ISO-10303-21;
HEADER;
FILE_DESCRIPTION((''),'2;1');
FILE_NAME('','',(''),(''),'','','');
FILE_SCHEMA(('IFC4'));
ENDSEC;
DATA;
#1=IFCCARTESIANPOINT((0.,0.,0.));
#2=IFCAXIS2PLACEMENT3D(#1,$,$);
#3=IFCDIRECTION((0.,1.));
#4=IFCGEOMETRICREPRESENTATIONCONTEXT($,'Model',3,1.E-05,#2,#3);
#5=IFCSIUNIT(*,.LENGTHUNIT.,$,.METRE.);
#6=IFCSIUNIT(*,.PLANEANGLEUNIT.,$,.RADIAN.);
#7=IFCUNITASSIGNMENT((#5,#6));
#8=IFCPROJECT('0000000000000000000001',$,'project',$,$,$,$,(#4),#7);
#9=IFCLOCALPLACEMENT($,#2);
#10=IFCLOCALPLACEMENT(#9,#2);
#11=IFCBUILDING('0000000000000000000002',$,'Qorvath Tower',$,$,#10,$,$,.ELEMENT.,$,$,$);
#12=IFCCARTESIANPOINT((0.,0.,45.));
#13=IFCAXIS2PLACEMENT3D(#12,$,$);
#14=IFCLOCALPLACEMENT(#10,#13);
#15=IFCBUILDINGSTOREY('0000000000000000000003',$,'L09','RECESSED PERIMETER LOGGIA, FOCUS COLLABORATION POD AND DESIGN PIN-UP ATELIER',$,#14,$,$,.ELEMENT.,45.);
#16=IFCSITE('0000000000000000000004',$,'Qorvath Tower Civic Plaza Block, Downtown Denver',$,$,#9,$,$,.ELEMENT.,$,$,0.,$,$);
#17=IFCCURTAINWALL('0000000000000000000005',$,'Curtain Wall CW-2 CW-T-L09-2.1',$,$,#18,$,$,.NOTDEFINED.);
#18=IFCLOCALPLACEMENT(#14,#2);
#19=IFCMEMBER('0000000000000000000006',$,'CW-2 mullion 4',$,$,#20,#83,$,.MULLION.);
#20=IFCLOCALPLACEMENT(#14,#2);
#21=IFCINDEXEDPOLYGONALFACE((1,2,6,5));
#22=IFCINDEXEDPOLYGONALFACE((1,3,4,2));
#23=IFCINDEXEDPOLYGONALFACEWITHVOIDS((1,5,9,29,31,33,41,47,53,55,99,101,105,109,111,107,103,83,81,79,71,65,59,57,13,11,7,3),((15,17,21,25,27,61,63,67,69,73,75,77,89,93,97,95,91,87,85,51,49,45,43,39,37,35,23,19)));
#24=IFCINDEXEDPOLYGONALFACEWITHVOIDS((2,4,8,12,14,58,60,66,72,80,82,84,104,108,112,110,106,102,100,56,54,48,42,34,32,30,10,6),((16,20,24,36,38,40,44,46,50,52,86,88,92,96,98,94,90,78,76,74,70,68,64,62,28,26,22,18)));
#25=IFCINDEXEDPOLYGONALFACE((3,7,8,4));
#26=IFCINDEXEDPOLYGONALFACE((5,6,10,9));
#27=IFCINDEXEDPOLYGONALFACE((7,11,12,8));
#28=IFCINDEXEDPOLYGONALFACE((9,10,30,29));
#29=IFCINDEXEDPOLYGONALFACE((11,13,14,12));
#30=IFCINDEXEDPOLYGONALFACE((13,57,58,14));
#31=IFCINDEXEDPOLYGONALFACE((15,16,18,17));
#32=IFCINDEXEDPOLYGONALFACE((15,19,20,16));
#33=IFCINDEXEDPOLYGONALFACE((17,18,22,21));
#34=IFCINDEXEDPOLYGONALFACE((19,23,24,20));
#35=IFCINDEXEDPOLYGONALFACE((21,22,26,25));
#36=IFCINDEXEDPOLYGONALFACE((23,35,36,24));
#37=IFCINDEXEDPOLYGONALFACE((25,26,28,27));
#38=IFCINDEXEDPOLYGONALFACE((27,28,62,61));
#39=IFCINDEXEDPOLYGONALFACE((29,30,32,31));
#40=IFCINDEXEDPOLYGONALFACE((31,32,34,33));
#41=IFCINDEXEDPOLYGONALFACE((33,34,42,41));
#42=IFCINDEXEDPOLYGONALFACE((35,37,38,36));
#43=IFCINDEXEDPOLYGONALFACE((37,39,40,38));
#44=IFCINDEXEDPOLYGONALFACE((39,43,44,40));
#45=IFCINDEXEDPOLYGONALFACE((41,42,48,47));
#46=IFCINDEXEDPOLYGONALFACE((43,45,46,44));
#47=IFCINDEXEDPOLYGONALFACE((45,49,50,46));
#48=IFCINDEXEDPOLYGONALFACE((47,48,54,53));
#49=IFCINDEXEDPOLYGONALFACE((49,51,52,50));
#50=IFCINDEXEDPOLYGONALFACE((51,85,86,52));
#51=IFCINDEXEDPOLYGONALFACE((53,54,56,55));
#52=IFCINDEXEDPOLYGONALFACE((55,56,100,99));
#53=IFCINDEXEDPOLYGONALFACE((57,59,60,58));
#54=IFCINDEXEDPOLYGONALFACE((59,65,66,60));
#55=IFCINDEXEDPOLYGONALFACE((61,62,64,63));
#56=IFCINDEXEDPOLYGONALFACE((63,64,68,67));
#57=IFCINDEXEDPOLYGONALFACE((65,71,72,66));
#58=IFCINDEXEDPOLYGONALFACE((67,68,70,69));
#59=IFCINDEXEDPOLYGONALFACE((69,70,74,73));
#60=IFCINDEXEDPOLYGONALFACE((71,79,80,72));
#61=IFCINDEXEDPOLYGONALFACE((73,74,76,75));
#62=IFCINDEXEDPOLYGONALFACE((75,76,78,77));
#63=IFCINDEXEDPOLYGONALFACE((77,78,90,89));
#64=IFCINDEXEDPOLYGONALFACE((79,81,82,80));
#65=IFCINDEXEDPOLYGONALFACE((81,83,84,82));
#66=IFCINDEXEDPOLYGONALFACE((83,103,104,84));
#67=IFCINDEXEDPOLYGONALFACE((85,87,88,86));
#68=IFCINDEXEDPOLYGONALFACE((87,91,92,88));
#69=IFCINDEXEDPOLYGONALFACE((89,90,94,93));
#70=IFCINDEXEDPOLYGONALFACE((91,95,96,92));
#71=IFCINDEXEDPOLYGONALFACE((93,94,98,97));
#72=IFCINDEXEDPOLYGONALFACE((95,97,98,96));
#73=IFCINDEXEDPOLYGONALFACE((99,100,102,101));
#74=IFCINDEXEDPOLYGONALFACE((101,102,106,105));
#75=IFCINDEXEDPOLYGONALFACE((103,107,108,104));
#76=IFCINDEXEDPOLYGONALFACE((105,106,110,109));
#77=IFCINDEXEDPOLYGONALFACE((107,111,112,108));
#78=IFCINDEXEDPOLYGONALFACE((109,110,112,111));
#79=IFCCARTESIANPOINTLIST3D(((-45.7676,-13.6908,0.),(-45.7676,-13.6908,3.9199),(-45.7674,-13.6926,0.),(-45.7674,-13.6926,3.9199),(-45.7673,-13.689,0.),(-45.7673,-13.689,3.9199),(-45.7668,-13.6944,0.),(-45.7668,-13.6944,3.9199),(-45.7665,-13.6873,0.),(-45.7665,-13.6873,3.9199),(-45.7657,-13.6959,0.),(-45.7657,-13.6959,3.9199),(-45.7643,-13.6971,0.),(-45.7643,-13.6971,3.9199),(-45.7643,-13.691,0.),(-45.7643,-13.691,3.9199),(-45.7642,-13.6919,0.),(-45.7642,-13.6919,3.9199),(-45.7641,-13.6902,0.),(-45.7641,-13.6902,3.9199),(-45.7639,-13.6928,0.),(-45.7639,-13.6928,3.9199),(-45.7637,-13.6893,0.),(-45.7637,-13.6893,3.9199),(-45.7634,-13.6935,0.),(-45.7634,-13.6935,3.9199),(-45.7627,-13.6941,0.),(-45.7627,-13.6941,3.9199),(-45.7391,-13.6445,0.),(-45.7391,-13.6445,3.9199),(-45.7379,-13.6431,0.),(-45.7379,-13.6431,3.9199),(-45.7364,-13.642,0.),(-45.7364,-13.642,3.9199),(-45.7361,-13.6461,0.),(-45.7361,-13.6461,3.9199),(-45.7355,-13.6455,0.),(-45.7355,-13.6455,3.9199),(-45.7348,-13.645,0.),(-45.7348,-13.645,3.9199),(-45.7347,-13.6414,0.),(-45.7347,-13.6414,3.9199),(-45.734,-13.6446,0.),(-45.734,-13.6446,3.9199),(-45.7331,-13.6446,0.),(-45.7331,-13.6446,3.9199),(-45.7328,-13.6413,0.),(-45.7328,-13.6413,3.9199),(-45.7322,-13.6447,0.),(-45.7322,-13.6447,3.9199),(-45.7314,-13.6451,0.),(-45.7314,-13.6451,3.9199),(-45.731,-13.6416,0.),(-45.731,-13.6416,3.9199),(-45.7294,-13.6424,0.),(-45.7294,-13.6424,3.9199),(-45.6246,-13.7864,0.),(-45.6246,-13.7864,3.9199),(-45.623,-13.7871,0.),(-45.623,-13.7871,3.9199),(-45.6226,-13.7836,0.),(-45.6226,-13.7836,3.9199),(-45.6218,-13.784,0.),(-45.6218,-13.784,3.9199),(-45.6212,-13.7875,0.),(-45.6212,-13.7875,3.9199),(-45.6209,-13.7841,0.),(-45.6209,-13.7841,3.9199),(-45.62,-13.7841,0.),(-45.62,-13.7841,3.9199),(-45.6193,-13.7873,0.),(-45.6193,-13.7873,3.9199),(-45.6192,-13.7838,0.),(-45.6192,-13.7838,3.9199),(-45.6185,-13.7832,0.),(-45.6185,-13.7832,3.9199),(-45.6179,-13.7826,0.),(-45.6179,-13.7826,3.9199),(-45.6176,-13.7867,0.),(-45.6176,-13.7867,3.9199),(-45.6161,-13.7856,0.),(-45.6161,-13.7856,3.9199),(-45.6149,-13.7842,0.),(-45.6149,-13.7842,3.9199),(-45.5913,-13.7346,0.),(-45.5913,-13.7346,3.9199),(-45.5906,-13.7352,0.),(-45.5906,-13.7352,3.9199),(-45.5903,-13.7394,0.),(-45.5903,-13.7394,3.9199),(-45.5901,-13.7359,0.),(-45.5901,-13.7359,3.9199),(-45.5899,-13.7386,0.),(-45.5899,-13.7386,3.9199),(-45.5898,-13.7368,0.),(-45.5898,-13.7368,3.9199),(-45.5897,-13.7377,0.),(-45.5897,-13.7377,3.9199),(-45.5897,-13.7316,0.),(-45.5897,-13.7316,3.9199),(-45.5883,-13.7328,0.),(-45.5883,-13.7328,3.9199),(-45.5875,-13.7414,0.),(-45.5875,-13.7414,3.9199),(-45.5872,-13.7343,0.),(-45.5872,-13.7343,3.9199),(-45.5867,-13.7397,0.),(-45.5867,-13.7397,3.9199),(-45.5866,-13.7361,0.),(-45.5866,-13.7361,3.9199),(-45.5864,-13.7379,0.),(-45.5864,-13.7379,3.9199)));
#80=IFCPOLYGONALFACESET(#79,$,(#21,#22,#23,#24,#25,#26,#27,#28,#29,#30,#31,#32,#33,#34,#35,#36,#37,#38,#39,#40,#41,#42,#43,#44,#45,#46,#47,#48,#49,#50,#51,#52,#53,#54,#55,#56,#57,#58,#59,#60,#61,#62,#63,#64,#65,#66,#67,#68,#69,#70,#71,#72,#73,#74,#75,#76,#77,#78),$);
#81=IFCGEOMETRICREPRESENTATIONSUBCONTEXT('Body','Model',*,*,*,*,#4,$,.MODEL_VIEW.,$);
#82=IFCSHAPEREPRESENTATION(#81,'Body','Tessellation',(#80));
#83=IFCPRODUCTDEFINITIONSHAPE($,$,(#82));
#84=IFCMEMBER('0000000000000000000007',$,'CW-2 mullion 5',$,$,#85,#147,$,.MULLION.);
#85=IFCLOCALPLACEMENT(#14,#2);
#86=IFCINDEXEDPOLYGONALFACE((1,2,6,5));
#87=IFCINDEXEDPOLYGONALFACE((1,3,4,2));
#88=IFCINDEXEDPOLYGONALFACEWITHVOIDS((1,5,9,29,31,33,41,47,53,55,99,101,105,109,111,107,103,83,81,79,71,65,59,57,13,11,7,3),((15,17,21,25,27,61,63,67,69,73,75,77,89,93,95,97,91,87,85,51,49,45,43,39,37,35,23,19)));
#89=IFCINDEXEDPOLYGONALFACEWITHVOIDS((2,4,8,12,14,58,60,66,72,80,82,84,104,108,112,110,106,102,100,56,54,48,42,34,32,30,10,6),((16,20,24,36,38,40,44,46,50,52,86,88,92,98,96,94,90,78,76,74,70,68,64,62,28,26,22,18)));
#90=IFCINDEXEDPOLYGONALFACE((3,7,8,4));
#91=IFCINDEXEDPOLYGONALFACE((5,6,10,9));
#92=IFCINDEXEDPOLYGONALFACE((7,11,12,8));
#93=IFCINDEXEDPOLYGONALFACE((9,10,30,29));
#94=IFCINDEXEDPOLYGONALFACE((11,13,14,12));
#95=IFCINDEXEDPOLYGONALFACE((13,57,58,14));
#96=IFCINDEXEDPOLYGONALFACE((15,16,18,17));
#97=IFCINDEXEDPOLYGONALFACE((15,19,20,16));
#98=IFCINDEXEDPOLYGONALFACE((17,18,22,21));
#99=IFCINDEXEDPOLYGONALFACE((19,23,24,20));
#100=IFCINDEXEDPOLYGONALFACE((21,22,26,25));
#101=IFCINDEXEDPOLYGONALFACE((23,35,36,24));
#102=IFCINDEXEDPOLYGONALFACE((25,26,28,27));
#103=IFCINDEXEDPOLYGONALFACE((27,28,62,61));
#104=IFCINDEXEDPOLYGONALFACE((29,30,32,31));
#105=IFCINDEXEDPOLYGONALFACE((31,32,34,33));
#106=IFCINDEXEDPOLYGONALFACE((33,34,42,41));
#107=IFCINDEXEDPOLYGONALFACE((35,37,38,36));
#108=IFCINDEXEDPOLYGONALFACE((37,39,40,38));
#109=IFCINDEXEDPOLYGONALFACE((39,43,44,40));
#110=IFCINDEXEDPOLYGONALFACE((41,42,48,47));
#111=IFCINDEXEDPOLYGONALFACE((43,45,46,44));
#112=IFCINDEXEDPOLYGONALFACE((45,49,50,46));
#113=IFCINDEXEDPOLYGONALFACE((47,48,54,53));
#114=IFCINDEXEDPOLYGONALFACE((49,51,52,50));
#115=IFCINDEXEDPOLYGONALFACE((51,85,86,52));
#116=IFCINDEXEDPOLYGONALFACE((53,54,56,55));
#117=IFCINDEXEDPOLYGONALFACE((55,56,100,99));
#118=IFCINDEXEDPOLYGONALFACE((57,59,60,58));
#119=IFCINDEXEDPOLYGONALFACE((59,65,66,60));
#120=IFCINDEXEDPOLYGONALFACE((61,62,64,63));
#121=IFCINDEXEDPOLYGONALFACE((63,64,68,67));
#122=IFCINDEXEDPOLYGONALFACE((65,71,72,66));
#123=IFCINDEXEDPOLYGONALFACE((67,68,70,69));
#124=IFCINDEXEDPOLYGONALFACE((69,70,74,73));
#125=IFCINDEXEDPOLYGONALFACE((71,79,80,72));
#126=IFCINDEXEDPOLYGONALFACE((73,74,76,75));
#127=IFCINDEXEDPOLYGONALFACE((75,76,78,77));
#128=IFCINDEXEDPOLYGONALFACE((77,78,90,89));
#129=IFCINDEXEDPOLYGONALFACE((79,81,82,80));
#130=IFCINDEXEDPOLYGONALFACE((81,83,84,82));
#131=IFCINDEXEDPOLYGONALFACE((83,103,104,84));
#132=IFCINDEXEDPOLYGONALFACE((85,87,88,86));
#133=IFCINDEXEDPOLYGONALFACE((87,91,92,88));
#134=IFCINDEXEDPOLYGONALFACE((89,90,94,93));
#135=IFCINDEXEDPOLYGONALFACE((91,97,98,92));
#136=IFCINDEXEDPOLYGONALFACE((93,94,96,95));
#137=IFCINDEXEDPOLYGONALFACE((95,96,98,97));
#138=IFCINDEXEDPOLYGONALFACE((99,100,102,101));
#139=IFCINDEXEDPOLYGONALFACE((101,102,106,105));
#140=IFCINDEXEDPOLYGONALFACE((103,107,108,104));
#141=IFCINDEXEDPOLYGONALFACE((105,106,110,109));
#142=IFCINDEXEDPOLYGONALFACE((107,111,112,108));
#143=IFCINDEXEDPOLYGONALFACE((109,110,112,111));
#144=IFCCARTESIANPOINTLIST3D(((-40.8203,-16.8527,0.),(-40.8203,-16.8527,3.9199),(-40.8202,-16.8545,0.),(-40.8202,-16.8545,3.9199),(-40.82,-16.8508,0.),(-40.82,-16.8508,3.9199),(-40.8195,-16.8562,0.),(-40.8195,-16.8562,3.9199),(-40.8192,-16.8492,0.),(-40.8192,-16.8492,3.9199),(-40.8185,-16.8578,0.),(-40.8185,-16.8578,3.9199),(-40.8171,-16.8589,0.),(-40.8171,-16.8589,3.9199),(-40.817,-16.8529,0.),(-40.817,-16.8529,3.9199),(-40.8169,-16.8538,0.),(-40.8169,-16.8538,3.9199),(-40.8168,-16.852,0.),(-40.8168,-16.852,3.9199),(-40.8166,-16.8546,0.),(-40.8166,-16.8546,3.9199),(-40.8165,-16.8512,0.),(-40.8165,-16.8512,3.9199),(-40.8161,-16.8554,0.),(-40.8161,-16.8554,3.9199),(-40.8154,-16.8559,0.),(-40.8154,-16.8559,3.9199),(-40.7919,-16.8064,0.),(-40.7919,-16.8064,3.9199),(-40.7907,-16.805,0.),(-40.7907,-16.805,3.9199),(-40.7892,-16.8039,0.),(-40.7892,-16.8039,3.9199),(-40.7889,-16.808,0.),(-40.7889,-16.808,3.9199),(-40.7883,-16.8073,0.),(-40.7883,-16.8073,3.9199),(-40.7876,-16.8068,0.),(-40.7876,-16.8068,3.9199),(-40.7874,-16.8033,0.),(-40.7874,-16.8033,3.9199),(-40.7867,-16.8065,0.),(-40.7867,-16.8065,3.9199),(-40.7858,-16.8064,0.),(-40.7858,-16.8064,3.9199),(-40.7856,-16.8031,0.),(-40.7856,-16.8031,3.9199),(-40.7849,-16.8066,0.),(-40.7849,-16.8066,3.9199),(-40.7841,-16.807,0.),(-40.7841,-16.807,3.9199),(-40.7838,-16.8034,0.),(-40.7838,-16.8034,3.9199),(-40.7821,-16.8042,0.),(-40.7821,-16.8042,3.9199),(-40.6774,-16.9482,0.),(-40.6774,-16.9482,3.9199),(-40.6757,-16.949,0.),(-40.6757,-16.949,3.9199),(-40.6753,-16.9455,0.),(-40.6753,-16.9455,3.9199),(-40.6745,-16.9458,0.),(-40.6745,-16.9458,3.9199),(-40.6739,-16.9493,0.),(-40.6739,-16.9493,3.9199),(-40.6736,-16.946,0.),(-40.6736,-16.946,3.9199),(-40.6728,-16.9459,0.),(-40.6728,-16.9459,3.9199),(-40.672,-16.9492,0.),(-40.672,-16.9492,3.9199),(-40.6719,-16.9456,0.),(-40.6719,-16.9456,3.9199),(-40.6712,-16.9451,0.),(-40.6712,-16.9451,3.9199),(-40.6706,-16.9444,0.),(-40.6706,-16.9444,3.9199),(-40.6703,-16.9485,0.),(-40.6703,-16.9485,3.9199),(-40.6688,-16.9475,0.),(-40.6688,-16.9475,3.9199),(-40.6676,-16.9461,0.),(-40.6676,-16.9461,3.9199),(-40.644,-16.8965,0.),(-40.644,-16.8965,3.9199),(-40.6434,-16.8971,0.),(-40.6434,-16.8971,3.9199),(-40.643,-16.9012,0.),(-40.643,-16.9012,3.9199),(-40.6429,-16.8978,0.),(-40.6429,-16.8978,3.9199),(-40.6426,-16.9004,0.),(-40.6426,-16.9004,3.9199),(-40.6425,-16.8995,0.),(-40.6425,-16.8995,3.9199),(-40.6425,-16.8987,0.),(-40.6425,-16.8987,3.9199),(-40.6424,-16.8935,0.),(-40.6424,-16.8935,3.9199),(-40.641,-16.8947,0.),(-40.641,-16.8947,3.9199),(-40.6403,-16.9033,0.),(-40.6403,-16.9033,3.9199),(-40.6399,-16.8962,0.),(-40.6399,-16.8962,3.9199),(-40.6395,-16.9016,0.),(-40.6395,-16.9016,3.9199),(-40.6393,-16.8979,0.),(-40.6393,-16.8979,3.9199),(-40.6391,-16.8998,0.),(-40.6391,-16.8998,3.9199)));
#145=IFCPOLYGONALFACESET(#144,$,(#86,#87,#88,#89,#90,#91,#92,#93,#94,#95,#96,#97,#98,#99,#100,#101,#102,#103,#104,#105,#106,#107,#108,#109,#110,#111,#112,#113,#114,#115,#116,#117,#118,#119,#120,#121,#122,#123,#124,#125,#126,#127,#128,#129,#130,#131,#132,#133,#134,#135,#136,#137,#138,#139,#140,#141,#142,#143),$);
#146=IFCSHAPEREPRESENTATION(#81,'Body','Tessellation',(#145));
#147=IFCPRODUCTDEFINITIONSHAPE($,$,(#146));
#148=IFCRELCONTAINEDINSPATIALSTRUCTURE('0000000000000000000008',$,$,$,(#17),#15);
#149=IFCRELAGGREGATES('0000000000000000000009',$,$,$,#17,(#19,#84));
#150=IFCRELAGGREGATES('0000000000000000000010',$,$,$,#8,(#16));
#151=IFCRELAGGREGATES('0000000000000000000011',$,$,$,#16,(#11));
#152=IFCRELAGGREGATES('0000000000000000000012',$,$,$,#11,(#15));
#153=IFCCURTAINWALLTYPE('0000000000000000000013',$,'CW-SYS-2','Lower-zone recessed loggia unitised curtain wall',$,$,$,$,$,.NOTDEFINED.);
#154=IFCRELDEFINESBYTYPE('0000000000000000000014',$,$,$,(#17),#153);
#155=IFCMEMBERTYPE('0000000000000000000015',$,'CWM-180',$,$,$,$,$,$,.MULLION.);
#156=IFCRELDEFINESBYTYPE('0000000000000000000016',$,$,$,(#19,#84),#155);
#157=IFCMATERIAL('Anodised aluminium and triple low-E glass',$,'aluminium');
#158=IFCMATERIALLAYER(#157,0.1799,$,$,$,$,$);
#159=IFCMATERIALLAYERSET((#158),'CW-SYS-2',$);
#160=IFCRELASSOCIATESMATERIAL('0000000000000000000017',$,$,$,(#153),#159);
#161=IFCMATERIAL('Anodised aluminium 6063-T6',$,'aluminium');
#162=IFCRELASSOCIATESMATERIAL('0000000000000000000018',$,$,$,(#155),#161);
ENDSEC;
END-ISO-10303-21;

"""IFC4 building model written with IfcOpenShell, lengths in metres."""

from ifc_helpers import new_model, si_unit, direction, frame, origin, origin_2d, place, context, subcontext, project, spatial, hollow_rectangle, extrude, material, layer, layer_set, material_profile, profile_set, type_object, element, aggregate, save


model = new_model("IFC4")

# Units and contexts
model_context = context("Model", 3, precision=1e-05, world=origin(), true_north=direction((0.0, 1.0)))
body_context = subcontext(model_context, "Body", "Model", "MODEL_VIEW")
ifc_project = project(units=[si_unit("LENGTHUNIT", "METRE"), si_unit("PLANEANGLEUNIT", "RADIAN")], contexts=[model_context])

# Site, building, storey
site_placement = place(None, origin())
site = spatial("IfcSite", under=ifc_project, at=site_placement, Name="Qorvath Tower Civic Plaza Block, Downtown Denver", CompositionType="ELEMENT", RefElevation=0.0)
building_placement = place(site_placement, origin())
building = spatial("IfcBuilding", under=site, at=building_placement, Name="Qorvath Tower", CompositionType="ELEMENT")
storey_placement = place(building_placement, frame((0.0, 0.0, 45.0)))
storey = spatial("IfcBuildingStorey", under=building, at=storey_placement, Name="L09", Description="RECESSED PERIMETER LOGGIA, FOCUS COLLABORATION POD AND DESIGN PIN-UP ATELIER", CompositionType="ELEMENT", Elevation=45.0)

# Curtain wall, members
ifc_material_1 = material(Name="Anodised aluminium and triple low-E glass", Category="aluminium")
ifc_layer_1 = layer(ifc_material_1, 0.1799)
ifc_layer_set_1 = layer_set([ifc_layer_1], Name="CW-SYS-2")
curtain_wall_type = type_object("IfcCurtainWallType", Name="CW-SYS-2", Description="Lower-zone recessed loggia unitised curtain wall", PredefinedType="NOTDEFINED", material=ifc_layer_set_1)
curtain_wall_placement = place(storey_placement, origin())
curtain_wall = element("IfcCurtainWall", 1, at=curtain_wall_placement, inside=storey, type_object=curtain_wall_type, Name="Curtain Wall CW-2 CW-T-L09-2.1", PredefinedType="NOTDEFINED")
ifc_material_2 = material(Name="Anodised aluminium 6063-T6", Category="aluminium")
ifc_material_profile_1 = material_profile(ifc_material_2, hollow_rectangle(XDim=0.0649, YDim=0.1799, WallThickness=0.0034, InnerFilletRadius=0.0034, OuterFilletRadius=0.0071, at=origin_2d()), Name="CWM 180x65")
ifc_profile_set_1 = profile_set([ifc_material_profile_1], Name="Anodised aluminium 6063-T6")
member_type_1 = type_object("IfcMemberType", Name="CWM-180", PredefinedType="MULLION", material=ifc_profile_set_1)
member_1_placement = place(storey_placement, frame((-45.677, -13.7144, 0.0), z_axis=(0.0, 0.0, 1.0), x_axis=(0.538532, 0.842605, 0.0)))
member_1 = element("IfcMember", 2, at=member_1_placement, type_object=member_type_1, Name="CW-2 mullion 4", PredefinedType="MULLION", context=body_context, shape_type="SweptSolid", body=[
    extrude(hollow_rectangle(XDim=0.0649, YDim=0.1799, WallThickness=0.0034, InnerFilletRadius=0.0034, OuterFilletRadius=0.0071, at=origin_2d()), origin(), (0.0, 0.0, 1.0), 3.9199),
])
member_2_placement = place(storey_placement, frame((-40.7297, -16.8762, 0.0), z_axis=(0.0, 0.0, 1.0), x_axis=(0.538532, 0.842605, 0.0)))
member_2 = element("IfcMember", 3, at=member_2_placement, type_object=member_type_1, Name="CW-2 mullion 5", PredefinedType="MULLION", context=body_context, shape_type="SweptSolid", body=[
    extrude(hollow_rectangle(XDim=0.0649, YDim=0.1799, WallThickness=0.0034, InnerFilletRadius=0.0034, OuterFilletRadius=0.0071, at=origin_2d()), origin(), (0.0, 0.0, 1.0), 3.9199),
])
aggregate(curtain_wall, [member_1, member_2])

save(model, "model.ifc")
